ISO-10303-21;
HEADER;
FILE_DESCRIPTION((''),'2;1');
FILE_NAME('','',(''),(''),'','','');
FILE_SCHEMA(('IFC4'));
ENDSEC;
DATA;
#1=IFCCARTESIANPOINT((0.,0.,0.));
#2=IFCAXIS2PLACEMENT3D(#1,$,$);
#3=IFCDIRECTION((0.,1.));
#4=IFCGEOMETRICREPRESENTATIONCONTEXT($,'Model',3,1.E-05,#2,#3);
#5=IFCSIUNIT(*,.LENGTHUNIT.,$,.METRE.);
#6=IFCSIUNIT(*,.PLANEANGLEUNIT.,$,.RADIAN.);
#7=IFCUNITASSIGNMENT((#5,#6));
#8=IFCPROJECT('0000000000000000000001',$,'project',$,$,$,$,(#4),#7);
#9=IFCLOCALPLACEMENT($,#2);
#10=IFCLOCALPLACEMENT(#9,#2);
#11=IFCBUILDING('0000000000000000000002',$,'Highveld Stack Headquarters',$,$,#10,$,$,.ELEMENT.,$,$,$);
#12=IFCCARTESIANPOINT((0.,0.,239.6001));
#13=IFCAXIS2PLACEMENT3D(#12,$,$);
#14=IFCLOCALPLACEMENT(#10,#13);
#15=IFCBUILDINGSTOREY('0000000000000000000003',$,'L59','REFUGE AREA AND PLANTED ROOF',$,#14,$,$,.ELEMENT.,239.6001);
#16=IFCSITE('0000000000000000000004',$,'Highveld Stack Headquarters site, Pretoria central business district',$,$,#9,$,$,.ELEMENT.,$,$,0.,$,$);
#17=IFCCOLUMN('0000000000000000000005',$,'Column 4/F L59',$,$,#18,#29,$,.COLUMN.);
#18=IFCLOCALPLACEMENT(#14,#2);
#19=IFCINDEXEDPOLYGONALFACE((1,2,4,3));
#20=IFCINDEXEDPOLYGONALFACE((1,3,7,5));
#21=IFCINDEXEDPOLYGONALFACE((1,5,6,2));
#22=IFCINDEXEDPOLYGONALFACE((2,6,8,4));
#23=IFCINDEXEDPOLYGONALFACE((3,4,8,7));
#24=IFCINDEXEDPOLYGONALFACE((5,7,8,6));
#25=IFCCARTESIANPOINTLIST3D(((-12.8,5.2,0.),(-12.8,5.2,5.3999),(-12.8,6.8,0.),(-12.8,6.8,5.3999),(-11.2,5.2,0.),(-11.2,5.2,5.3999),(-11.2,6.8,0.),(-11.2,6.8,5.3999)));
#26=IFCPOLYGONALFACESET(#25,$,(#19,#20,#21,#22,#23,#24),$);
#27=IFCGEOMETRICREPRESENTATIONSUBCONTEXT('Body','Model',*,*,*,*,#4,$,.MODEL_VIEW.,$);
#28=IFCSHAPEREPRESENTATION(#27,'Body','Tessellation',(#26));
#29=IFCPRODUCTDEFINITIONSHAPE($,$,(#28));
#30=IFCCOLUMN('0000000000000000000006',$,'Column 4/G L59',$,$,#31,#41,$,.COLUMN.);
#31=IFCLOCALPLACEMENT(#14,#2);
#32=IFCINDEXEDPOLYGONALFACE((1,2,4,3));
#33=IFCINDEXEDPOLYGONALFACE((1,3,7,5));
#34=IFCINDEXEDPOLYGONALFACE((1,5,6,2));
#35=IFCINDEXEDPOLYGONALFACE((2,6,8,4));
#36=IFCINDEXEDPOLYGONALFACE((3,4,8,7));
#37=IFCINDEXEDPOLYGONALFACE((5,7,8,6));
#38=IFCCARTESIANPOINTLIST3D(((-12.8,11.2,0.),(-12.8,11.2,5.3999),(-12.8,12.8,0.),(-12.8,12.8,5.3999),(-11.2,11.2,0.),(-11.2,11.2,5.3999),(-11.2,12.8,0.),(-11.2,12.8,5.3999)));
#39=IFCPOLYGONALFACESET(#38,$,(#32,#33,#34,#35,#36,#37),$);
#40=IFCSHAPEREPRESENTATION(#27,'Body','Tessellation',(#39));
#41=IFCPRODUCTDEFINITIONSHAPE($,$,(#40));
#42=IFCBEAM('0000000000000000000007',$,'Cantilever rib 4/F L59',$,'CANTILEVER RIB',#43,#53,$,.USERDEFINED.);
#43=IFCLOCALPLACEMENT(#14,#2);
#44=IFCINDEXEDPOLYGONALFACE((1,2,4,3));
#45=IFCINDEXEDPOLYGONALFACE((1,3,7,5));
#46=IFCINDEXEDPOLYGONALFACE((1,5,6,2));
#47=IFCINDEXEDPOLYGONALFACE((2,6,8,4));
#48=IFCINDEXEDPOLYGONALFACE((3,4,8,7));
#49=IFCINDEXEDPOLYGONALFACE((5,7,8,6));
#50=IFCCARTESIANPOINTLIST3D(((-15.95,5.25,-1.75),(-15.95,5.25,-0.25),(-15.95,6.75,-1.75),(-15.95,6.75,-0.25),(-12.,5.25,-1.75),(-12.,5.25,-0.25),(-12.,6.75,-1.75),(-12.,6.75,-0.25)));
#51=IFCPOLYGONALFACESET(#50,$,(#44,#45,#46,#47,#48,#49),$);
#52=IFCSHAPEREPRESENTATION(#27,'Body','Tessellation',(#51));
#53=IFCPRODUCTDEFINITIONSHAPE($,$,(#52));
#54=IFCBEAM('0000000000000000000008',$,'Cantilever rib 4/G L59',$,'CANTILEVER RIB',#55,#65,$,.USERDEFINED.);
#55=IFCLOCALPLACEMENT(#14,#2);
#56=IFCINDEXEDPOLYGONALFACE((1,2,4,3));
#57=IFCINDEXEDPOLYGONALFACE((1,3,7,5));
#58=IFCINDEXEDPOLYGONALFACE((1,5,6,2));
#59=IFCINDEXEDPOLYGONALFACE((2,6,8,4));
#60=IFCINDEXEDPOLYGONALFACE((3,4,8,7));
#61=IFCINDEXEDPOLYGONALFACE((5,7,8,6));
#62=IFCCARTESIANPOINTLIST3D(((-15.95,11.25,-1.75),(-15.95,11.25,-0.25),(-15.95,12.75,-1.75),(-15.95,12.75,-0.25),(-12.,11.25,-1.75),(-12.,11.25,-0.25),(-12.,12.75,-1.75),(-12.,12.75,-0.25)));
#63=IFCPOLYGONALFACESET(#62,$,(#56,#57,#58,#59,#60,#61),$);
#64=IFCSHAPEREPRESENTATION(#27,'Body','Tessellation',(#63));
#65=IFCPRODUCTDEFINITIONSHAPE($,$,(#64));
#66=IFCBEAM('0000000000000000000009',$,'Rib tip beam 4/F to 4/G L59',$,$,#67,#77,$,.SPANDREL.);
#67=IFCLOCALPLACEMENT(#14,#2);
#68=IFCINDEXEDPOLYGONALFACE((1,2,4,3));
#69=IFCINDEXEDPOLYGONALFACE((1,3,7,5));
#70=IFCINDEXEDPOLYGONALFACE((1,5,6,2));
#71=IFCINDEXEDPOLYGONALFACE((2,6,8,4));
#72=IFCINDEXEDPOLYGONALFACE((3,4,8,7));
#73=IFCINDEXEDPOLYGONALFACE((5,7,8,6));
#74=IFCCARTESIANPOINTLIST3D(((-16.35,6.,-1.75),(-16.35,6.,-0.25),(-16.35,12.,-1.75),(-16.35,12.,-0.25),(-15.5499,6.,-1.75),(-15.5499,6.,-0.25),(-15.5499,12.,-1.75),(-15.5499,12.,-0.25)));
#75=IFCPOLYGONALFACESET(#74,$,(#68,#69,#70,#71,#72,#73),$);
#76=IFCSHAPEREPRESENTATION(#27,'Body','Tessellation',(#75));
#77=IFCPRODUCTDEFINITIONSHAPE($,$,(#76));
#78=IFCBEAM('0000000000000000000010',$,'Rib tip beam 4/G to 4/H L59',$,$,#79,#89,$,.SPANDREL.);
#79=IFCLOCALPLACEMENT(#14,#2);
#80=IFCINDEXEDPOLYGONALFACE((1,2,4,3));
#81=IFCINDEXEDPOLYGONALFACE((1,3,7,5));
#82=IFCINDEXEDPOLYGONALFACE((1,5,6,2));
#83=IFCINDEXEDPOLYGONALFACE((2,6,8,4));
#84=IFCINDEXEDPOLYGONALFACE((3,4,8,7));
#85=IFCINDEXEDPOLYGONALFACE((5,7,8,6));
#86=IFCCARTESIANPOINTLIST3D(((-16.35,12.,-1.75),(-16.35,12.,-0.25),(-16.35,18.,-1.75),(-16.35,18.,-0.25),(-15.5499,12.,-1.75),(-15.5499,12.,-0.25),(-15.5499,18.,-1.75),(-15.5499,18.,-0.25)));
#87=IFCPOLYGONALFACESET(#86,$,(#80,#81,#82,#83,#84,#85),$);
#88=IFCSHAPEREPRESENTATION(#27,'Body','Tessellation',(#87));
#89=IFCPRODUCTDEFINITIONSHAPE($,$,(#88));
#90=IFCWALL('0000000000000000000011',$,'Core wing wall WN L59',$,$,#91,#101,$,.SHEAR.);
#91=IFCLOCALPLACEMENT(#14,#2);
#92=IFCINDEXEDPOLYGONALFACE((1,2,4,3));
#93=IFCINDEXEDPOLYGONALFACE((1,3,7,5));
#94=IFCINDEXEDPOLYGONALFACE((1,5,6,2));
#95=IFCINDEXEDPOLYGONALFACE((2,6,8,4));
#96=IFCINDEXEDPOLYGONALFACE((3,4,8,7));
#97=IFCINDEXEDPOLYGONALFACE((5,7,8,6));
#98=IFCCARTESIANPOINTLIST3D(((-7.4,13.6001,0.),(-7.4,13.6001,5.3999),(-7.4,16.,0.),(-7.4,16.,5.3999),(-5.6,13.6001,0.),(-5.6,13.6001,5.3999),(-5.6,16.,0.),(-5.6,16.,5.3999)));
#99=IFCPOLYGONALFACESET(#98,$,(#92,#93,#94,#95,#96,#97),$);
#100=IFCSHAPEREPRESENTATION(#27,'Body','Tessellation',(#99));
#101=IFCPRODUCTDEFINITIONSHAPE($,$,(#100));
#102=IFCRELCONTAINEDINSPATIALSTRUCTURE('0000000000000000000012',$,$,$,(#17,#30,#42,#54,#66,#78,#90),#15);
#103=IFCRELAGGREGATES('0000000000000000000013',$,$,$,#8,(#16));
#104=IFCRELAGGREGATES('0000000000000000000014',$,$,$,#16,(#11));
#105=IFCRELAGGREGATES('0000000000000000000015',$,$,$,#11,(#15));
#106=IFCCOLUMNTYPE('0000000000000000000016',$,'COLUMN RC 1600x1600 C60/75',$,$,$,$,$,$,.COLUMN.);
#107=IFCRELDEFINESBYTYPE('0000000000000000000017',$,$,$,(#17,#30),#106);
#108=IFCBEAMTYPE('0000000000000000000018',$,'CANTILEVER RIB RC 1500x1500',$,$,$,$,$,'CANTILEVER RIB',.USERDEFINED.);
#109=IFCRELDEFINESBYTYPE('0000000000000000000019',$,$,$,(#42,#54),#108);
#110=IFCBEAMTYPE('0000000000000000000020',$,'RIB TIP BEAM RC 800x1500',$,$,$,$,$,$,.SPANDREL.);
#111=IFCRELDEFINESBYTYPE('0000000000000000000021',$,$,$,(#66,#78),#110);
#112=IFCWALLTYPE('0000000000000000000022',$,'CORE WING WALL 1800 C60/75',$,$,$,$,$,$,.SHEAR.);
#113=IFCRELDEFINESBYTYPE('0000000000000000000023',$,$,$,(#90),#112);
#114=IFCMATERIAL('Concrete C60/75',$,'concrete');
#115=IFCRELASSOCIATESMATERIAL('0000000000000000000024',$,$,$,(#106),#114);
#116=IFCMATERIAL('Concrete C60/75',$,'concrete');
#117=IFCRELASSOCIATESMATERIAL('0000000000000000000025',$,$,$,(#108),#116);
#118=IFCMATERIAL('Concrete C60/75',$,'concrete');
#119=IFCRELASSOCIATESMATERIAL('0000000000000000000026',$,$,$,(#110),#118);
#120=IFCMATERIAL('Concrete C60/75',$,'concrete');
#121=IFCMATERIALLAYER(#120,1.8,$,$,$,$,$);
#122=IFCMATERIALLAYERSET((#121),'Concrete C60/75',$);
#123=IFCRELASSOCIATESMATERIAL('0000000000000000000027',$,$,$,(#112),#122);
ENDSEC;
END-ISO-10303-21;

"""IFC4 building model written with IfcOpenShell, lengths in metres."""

from ifc_helpers import new_model, si_unit, direction, frame, frame_2d, origin, origin_2d, place, context, subcontext, project, spatial, rectangle, extrude, material, layer, layer_set, material_profile, profile_set, type_object, element, save


model = new_model("IFC4")

# Units and contexts
model_context = context("Model", 3, precision=1e-05, world=origin(), true_north=direction((0.0, 1.0)))
body_context = subcontext(model_context, "Body", "Model", "MODEL_VIEW")
ifc_project = project(units=[si_unit("LENGTHUNIT", "METRE"), si_unit("PLANEANGLEUNIT", "RADIAN")], contexts=[model_context])

# Site, building, storey
site_placement = place(None, origin())
site = spatial("IfcSite", under=ifc_project, at=site_placement, Name="Highveld Stack Headquarters site, Pretoria central business district", CompositionType="ELEMENT", RefElevation=0.0)
building_placement = place(site_placement, origin())
building = spatial("IfcBuilding", under=site, at=building_placement, Name="Highveld Stack Headquarters", CompositionType="ELEMENT")
storey_placement = place(building_placement, frame((0.0, 0.0, 239.6001)))
storey = spatial("IfcBuildingStorey", under=building, at=storey_placement, Name="L59", Description="REFUGE AREA AND PLANTED ROOF", CompositionType="ELEMENT", Elevation=239.6001)

# Columns
ifc_material_1 = material(Name="Concrete C60/75", Category="concrete")
ifc_material_profile_1 = material_profile(ifc_material_1, rectangle(XDim=1.6001, YDim=1.6001, at=origin_2d()), Name="RC 1600x1600")
ifc_profile_set_1 = profile_set([ifc_material_profile_1], Name="Concrete C60/75")
column_type = type_object("IfcColumnType", Name="COLUMN RC 1600x1600 C60/75", PredefinedType="COLUMN", material=ifc_profile_set_1)
for number, where, z_axis, x_axis, name in (
    (1, (-12.0, 6.0, 0.0), (0.0, 0.0, 1.0), (1.0, 0.0, 0.0), "Column 4/F L59"),
    (2, (-12.0, 12.0, 0.0), (0.0, 0.0, 1.0), (1.0, 0.0, 0.0), "Column 4/G L59"),
):
    element("IfcColumn", number, at=place(storey_placement, frame(where, z_axis=z_axis, x_axis=x_axis)), inside=storey, type_object=column_type, Name=name, PredefinedType="COLUMN", context=body_context, shape_type="SweptSolid", body=[
        extrude(rectangle(XDim=1.6001, YDim=1.6001, at=origin_2d()), origin(), (0.0, 0.0, 1.0), 5.3999),
    ])

# Beams
ifc_material_2 = material(Name="Concrete C60/75", Category="concrete")
ifc_material_profile_2 = material_profile(ifc_material_2, rectangle(XDim=1.5, YDim=1.5, at=origin_2d()), Name="RC 1500x1500")
ifc_profile_set_2 = profile_set([ifc_material_profile_2], Name="Concrete C60/75")
beam_type_1 = type_object("IfcBeamType", Name="CANTILEVER RIB RC 1500x1500", ElementType="CANTILEVER RIB", PredefinedType="USERDEFINED", material=ifc_profile_set_2)
for number, where, z_axis, x_axis, name in (
    (3, (-12.0, 6.0, -1.0), (-1.0, 0.0, 0.0), (0.0, -1.0, 0.0), "Cantilever rib 4/F L59"),
    (4, (-12.0, 12.0, -1.0), (-1.0, 0.0, 0.0), (0.0, -1.0, 0.0), "Cantilever rib 4/G L59"),
):
    element("IfcBeam", number, at=place(storey_placement, frame(where, z_axis=z_axis, x_axis=x_axis)), inside=storey, type_object=beam_type_1, Name=name, ObjectType="CANTILEVER RIB", PredefinedType="USERDEFINED", context=body_context, shape_type="SweptSolid", body=[
        extrude(rectangle(XDim=1.5, YDim=1.5, at=origin_2d()), origin(), (0.0, 0.0, 1.0), 3.95),
    ])
ifc_material_3 = material(Name="Concrete C60/75", Category="concrete")
ifc_material_profile_3 = material_profile(ifc_material_3, rectangle(XDim=0.8, YDim=1.5, at=origin_2d()), Name="RC 800x1500")
ifc_profile_set_3 = profile_set([ifc_material_profile_3], Name="Concrete C60/75")
beam_type_2 = type_object("IfcBeamType", Name="RIB TIP BEAM RC 800x1500", PredefinedType="SPANDREL", material=ifc_profile_set_3)
for number, where, z_axis, x_axis, name in (
    (5, (-15.95, 6.0, -1.0), (0.0, 1.0, 0.0), (-1.0, 0.0, 0.0), "Rib tip beam 4/F to 4/G L59"),
    (6, (-15.95, 12.0, -1.0), (0.0, 1.0, 0.0), (-1.0, 0.0, 0.0), "Rib tip beam 4/G to 4/H L59"),
):
    element("IfcBeam", number, at=place(storey_placement, frame(where, z_axis=z_axis, x_axis=x_axis)), inside=storey, type_object=beam_type_2, Name=name, PredefinedType="SPANDREL", context=body_context, shape_type="SweptSolid", body=[
        extrude(rectangle(XDim=0.8, YDim=1.5, at=origin_2d()), origin(), (0.0, 0.0, 1.0), 6.0),
    ])

# Wall
ifc_material_4 = material(Name="Concrete C60/75", Category="concrete")
ifc_layer_1 = layer(ifc_material_4, 1.8)
ifc_layer_set_1 = layer_set([ifc_layer_1], Name="Concrete C60/75")
wall_type_1 = type_object("IfcWallType", Name="CORE WING WALL 1800 C60/75", PredefinedType="SHEAR", material=ifc_layer_set_1)
wall_1_placement = place(storey_placement, frame((-6.5, 13.6001, 0.0), z_axis=(0.0, 0.0, 1.0), x_axis=(0.0, 1.0, 0.0)))
element("IfcWall", 7, at=wall_1_placement, inside=storey, type_object=wall_type_1, Name="Core wing wall WN L59", PredefinedType="SHEAR", context=body_context, shape_type="SweptSolid", body=[
    extrude(rectangle(XDim=2.3999, YDim=1.8, at=frame_2d((1.2, 0.0))), origin(), (0.0, 0.0, 1.0), 5.3999),
])

save(model, "model.ifc")
